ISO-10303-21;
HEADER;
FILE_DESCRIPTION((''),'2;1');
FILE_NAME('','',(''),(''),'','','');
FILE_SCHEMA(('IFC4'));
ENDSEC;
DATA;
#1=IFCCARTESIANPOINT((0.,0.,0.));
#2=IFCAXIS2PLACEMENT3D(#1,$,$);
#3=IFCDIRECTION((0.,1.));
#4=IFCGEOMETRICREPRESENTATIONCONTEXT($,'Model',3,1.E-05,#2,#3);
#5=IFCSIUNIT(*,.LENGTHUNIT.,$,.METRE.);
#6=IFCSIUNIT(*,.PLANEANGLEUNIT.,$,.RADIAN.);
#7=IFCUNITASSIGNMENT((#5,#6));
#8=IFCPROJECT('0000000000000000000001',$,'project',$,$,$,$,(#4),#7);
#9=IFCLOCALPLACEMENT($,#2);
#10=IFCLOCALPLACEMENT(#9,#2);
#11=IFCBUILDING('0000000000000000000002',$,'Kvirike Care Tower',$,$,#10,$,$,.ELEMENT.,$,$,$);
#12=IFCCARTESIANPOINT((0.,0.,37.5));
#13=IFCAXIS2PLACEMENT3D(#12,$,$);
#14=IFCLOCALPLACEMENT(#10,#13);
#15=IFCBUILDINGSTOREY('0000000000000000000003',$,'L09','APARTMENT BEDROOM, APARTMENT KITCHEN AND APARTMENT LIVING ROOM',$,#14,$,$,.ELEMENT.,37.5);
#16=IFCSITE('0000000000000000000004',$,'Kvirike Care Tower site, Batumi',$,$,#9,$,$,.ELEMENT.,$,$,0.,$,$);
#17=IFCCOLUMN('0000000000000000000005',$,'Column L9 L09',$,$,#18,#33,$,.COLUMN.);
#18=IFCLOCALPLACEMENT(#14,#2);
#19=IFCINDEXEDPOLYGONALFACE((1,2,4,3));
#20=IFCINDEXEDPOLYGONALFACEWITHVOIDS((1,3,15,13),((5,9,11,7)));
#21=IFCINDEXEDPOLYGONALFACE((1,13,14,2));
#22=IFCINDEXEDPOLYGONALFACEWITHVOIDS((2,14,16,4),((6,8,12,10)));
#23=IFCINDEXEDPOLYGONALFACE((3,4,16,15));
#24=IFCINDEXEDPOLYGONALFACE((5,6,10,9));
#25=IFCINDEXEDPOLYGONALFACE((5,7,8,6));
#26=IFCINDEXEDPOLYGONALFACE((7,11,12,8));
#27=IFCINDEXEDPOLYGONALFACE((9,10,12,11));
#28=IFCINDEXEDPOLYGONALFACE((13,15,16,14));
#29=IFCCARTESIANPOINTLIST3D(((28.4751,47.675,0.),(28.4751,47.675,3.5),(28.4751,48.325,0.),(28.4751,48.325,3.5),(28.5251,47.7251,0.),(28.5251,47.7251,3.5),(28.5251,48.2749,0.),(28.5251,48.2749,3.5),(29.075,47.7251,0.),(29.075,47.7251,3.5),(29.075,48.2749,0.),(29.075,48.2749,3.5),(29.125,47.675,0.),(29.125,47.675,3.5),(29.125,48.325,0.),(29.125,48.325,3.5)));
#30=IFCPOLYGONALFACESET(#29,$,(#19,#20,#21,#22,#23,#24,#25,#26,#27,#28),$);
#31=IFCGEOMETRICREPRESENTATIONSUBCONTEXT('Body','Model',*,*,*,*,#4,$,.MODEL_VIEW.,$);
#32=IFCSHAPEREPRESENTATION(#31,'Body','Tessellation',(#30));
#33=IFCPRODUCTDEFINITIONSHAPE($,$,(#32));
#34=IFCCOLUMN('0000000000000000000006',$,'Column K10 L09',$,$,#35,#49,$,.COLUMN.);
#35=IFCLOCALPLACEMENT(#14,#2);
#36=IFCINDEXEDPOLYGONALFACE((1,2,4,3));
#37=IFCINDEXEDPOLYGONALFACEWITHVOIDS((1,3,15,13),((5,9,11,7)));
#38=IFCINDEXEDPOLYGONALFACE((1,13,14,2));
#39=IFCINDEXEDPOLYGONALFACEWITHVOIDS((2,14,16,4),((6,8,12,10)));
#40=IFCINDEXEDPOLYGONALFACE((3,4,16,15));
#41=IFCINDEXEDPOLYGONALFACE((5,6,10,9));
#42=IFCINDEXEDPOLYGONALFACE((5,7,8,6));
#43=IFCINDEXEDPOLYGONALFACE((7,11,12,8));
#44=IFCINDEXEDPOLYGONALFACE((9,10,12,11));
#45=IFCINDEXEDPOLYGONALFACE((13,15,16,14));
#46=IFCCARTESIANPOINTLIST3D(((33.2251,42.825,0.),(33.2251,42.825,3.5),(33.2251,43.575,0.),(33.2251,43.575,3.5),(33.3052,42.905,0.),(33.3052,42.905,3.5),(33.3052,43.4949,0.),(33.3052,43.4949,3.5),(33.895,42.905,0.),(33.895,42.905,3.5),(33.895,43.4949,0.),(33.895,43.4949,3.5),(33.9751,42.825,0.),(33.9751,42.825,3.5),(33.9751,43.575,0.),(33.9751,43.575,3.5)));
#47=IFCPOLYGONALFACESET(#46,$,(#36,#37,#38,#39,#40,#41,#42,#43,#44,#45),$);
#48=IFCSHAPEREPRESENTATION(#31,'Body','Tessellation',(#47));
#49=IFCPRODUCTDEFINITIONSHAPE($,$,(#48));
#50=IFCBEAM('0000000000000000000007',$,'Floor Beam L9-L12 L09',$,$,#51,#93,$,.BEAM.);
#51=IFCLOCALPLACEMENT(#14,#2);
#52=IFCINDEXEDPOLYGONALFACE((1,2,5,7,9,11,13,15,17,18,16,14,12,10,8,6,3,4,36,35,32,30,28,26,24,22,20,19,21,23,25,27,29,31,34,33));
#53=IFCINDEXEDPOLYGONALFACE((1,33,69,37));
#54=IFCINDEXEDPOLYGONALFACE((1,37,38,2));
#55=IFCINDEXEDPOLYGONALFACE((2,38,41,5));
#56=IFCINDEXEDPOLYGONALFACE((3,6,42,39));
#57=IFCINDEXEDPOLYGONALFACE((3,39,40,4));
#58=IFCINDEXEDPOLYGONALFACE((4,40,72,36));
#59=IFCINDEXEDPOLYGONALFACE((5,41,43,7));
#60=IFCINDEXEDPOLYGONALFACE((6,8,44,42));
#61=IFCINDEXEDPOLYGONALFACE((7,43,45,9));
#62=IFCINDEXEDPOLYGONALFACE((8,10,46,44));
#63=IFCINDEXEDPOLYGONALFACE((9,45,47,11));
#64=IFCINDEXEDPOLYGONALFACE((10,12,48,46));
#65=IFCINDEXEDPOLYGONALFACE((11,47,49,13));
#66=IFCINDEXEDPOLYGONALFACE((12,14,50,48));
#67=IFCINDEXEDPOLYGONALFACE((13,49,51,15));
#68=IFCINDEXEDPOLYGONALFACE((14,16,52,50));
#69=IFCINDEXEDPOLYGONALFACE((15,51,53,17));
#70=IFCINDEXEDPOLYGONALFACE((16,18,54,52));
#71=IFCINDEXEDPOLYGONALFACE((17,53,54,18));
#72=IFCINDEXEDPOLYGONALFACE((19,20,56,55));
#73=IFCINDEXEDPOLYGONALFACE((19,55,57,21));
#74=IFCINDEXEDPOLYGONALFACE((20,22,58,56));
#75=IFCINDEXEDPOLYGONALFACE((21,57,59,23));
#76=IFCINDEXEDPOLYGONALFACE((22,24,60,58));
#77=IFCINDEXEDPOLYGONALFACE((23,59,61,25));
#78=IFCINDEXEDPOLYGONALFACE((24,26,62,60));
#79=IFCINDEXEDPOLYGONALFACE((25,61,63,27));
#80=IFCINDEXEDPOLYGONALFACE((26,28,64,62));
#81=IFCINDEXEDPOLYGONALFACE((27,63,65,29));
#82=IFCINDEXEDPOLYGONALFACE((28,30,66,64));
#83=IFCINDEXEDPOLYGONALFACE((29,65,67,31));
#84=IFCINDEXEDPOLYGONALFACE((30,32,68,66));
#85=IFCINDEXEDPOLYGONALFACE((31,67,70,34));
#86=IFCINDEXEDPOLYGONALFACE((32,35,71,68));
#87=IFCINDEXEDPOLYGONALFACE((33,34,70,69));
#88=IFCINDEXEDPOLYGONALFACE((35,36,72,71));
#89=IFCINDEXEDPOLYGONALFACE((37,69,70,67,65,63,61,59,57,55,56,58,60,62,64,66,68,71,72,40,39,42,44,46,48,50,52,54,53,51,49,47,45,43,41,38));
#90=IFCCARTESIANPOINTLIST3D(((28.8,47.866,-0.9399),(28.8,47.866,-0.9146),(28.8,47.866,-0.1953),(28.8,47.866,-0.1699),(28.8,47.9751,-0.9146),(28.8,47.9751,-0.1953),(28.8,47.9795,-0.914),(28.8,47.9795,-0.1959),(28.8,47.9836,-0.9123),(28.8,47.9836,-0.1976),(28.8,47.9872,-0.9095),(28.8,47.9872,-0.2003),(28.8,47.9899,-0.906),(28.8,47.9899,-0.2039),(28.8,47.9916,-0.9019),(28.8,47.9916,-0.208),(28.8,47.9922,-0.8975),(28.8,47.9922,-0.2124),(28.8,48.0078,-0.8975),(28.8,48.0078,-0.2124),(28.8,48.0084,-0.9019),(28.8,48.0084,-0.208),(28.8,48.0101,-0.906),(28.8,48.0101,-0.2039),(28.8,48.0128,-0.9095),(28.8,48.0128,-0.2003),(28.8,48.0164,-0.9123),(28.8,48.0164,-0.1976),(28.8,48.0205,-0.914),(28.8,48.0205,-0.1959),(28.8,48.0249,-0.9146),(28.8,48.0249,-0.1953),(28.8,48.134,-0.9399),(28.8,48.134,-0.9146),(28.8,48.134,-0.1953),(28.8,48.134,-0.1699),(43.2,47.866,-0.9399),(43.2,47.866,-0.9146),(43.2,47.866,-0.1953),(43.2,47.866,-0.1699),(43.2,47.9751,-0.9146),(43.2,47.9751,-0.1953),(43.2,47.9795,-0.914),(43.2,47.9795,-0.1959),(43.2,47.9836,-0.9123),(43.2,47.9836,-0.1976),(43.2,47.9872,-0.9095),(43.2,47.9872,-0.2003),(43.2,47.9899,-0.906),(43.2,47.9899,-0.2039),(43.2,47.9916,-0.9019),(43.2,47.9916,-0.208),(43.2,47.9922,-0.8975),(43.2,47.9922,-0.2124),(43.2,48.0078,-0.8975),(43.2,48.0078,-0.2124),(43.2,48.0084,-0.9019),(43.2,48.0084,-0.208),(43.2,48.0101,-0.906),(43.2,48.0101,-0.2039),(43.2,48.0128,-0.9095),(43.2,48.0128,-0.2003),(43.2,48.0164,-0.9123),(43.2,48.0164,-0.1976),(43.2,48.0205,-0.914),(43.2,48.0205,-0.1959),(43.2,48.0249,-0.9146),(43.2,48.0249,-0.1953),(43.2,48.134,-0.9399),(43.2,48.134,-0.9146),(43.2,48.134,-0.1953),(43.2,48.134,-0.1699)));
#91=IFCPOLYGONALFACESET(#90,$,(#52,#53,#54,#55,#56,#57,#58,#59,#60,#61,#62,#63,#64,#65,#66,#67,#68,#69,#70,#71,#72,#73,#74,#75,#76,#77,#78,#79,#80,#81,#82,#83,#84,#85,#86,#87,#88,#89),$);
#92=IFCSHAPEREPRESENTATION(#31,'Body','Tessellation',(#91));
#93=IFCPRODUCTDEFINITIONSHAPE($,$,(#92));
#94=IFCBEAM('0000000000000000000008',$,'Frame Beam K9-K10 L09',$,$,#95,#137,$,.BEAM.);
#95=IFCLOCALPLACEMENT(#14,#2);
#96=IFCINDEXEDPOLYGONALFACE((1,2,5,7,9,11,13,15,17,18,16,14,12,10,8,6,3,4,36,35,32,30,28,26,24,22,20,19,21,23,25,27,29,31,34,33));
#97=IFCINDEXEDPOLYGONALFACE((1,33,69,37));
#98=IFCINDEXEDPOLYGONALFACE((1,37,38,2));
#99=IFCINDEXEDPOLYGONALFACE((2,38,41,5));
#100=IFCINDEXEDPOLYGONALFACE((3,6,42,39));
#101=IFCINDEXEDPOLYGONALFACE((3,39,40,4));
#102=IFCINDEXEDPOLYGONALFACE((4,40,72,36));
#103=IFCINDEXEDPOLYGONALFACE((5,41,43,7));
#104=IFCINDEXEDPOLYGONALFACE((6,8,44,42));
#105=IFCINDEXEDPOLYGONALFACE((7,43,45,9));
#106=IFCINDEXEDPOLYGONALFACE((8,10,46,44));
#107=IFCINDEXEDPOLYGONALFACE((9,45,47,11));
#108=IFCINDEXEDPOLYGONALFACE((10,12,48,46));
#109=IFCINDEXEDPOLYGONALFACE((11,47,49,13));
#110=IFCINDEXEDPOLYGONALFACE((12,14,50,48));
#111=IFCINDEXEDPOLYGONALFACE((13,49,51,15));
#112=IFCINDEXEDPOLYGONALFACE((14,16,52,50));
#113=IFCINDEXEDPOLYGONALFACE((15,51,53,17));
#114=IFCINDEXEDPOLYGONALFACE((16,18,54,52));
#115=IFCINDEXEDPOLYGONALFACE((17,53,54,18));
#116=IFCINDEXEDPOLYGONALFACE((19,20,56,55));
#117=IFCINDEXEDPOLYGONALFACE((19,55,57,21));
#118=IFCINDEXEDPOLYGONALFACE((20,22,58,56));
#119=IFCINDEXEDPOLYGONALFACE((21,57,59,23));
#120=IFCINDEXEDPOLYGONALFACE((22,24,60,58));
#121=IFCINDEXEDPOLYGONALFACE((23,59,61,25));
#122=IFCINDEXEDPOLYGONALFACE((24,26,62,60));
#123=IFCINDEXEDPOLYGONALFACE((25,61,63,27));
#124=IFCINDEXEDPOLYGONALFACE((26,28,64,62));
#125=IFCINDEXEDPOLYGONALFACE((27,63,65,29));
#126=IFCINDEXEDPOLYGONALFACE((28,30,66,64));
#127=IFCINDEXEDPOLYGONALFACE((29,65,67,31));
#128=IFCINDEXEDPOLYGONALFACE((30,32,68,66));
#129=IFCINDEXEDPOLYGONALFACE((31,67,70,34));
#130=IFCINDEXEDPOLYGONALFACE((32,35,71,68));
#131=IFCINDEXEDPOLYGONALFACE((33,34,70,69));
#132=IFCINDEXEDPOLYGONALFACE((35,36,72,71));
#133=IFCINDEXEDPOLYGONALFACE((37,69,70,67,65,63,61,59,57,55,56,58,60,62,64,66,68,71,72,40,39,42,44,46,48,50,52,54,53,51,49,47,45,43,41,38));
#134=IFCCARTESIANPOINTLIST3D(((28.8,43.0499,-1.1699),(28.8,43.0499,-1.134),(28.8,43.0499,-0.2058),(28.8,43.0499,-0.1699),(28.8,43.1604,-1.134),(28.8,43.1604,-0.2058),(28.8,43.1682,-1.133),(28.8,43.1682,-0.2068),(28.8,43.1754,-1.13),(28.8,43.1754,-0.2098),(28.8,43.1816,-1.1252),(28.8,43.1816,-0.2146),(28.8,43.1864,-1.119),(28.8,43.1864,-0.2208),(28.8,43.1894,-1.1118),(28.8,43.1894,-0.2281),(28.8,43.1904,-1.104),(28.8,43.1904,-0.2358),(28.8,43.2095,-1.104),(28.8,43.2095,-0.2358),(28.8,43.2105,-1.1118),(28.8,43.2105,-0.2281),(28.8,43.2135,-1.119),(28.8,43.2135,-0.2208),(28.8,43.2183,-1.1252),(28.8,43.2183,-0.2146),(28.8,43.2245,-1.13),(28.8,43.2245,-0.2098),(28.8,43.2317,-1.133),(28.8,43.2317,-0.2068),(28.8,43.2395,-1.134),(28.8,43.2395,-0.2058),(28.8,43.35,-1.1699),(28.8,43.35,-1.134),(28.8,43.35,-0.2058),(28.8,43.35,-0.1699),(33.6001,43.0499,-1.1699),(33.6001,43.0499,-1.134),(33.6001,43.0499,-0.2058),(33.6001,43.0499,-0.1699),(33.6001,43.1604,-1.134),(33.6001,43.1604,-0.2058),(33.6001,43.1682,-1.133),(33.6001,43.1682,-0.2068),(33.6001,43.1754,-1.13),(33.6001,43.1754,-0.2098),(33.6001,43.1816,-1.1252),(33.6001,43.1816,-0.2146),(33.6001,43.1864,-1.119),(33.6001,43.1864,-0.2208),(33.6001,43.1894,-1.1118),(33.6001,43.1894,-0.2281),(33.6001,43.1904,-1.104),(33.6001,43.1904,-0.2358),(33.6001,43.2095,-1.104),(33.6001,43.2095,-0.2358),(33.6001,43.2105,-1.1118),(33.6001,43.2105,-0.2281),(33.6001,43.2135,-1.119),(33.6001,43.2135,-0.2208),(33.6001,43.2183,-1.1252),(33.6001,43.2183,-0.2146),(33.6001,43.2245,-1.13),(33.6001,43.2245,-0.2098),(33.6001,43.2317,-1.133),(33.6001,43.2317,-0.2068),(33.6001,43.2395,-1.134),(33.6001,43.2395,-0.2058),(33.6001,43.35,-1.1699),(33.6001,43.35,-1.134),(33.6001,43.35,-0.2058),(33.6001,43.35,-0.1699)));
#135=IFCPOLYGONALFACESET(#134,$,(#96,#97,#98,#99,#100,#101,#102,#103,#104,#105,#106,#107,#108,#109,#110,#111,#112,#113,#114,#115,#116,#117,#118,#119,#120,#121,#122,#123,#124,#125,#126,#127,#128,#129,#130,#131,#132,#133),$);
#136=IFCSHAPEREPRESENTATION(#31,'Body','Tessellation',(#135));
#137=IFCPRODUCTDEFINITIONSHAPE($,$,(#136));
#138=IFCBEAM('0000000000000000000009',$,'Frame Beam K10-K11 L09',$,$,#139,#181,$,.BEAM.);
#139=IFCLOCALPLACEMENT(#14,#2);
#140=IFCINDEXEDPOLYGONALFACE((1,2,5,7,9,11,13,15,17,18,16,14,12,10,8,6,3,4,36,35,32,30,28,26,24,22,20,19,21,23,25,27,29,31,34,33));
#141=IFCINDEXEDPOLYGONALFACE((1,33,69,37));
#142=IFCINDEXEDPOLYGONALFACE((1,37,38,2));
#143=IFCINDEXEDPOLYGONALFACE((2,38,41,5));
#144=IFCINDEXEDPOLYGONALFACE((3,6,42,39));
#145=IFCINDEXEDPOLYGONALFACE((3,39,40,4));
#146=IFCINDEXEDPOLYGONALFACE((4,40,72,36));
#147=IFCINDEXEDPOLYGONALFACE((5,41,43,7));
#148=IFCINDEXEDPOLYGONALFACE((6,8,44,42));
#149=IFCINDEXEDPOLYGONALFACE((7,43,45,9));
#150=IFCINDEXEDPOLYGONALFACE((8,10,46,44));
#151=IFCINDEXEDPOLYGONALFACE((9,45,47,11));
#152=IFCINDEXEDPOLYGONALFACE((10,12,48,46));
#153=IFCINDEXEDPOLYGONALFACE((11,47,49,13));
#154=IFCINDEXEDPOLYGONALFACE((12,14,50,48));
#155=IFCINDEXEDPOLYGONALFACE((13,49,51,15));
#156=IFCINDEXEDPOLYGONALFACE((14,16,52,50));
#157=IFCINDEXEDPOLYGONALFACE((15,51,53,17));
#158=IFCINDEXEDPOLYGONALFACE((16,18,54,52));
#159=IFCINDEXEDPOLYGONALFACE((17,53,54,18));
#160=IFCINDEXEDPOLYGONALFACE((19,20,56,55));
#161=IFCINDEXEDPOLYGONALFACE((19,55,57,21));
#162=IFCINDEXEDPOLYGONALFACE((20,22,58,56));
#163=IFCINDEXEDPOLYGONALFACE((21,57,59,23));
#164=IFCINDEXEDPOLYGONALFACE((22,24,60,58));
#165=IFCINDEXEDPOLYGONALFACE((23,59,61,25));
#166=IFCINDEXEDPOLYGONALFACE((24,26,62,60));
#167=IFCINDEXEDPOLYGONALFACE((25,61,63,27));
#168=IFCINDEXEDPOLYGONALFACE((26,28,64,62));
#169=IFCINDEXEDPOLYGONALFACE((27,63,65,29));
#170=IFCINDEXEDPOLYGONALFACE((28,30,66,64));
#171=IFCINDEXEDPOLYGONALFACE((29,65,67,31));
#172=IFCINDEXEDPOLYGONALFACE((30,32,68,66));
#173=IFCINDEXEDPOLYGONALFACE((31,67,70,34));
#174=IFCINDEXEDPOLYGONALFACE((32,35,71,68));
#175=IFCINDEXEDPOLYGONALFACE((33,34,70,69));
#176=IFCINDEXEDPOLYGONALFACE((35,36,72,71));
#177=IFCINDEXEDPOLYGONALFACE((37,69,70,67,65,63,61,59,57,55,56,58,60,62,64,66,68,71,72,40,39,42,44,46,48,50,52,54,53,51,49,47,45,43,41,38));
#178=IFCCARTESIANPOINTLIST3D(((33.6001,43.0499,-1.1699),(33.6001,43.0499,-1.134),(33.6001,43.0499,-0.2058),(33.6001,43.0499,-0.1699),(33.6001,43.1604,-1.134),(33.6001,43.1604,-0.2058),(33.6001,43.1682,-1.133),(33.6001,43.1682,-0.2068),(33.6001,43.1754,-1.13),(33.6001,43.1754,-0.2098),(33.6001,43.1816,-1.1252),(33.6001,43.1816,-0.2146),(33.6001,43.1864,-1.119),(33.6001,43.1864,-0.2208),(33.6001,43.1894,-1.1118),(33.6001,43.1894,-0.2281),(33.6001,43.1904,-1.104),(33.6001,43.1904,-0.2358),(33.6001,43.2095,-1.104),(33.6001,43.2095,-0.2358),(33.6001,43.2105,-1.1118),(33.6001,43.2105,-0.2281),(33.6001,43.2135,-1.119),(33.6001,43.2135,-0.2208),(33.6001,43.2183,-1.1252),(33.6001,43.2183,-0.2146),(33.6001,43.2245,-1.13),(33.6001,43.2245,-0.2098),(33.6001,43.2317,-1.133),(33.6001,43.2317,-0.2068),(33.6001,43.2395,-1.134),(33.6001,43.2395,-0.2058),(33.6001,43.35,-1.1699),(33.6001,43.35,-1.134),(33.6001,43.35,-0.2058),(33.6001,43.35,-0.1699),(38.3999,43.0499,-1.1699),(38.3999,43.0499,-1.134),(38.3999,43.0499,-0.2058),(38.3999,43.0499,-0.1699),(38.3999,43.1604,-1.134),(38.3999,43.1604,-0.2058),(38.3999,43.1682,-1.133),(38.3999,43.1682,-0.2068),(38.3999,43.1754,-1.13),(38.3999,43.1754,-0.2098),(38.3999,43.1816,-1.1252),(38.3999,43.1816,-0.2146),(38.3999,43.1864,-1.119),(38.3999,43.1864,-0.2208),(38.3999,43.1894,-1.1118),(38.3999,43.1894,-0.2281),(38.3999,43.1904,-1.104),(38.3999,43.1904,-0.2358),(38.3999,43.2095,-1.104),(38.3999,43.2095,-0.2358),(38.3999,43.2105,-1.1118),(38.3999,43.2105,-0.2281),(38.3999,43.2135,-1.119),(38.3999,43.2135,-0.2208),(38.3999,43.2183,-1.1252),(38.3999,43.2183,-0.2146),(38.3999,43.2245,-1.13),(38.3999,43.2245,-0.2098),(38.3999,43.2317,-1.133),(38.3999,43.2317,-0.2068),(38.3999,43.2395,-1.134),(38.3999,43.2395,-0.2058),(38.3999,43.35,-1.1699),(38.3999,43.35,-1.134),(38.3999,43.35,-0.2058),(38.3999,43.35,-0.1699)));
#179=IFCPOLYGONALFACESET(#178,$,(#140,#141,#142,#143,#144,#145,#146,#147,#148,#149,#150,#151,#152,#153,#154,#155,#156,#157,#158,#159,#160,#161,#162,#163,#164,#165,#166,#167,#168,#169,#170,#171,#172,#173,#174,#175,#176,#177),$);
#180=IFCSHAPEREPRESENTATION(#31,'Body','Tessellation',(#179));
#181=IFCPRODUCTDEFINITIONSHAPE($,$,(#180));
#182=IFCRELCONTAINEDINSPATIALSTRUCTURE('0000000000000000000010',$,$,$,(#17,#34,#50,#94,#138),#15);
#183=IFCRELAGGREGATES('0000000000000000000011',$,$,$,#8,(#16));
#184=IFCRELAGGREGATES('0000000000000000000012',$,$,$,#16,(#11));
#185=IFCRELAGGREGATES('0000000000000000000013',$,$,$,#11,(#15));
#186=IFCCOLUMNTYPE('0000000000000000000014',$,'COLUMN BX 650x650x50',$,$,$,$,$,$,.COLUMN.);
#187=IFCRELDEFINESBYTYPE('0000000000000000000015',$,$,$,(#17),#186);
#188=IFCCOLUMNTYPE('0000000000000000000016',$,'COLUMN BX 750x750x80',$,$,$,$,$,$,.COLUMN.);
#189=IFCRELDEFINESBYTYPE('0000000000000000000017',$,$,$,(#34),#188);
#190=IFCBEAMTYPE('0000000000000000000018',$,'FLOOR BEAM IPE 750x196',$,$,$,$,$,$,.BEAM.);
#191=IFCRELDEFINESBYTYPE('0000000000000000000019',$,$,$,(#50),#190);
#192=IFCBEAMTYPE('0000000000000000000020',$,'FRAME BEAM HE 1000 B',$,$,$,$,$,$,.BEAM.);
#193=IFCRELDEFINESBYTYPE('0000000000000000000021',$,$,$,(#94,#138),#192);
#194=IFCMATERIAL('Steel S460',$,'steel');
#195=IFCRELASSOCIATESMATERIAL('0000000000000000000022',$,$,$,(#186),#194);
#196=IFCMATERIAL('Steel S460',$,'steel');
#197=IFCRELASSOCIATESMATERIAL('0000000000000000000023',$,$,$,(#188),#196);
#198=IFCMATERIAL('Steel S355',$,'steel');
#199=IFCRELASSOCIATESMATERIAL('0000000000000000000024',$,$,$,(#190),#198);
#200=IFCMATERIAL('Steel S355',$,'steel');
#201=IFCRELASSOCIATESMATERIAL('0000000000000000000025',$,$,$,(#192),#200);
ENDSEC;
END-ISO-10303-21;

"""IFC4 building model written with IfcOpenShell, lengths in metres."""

from ifc_helpers import new_model, si_unit, direction, frame, origin, origin_2d, place, context, subcontext, project, spatial, hollow_rectangle, i_section, extrude, material, material_profile, profile_set, type_object, element, save


model = new_model("IFC4")

# Units and contexts
model_context = context("Model", 3, precision=1e-05, world=origin(), true_north=direction((0.0, 1.0)))
body_context = subcontext(model_context, "Body", "Model", "MODEL_VIEW")
ifc_project = project(units=[si_unit("LENGTHUNIT", "METRE"), si_unit("PLANEANGLEUNIT", "RADIAN")], contexts=[model_context])

# Site, building, storey
site_placement = place(None, origin())
site = spatial("IfcSite", under=ifc_project, at=site_placement, Name="Kvirike Care Tower site, Batumi", CompositionType="ELEMENT", RefElevation=0.0)
building_placement = place(site_placement, origin())
building = spatial("IfcBuilding", under=site, at=building_placement, Name="Kvirike Care Tower", CompositionType="ELEMENT")
storey_placement = place(building_placement, frame((0.0, 0.0, 37.5)))
storey = spatial("IfcBuildingStorey", under=building, at=storey_placement, Name="L09", Description="APARTMENT BEDROOM, APARTMENT KITCHEN AND APARTMENT LIVING ROOM", CompositionType="ELEMENT", Elevation=37.5)

# Columns
ifc_material_1 = material(Name="Steel S460", Category="steel")
ifc_material_profile_1 = material_profile(ifc_material_1, hollow_rectangle(XDim=0.6499, YDim=0.6499, WallThickness=0.05, at=origin_2d()), Name="BX 650x650x50")
ifc_profile_set_1 = profile_set([ifc_material_profile_1], Name="Steel S460")
column_type_1 = type_object("IfcColumnType", Name="COLUMN BX 650x650x50", PredefinedType="COLUMN", material=ifc_profile_set_1)
column_1_placement = place(storey_placement, frame((28.8, 48.0, 0.0), z_axis=(0.0, 0.0, 1.0), x_axis=(1.0, 0.0, 0.0)))
element("IfcColumn", 1, at=column_1_placement, inside=storey, type_object=column_type_1, Name="Column L9 L09", PredefinedType="COLUMN", context=body_context, shape_type="SweptSolid", body=[
    extrude(hollow_rectangle(XDim=0.6499, YDim=0.6499, WallThickness=0.05, at=origin_2d()), origin(), (0.0, 0.0, 1.0), 3.5),
])
ifc_material_2 = material(Name="Steel S460", Category="steel")
ifc_material_profile_2 = material_profile(ifc_material_2, hollow_rectangle(XDim=0.75, YDim=0.75, WallThickness=0.0801, at=origin_2d()), Name="BX 750x750x80")
ifc_profile_set_2 = profile_set([ifc_material_profile_2], Name="Steel S460")
column_type_2 = type_object("IfcColumnType", Name="COLUMN BX 750x750x80", PredefinedType="COLUMN", material=ifc_profile_set_2)
column_2_placement = place(storey_placement, frame((33.6001, 43.2, 0.0), z_axis=(0.0, 0.0, 1.0), x_axis=(0.0, 1.0, 0.0)))
element("IfcColumn", 2, at=column_2_placement, inside=storey, type_object=column_type_2, Name="Column K10 L09", PredefinedType="COLUMN", context=body_context, shape_type="SweptSolid", body=[
    extrude(hollow_rectangle(XDim=0.75, YDim=0.75, WallThickness=0.0801, at=origin_2d()), origin(), (0.0, 0.0, 1.0), 3.5),
])

# Beams
ifc_material_3 = material(Name="Steel S355", Category="steel")
ifc_material_profile_3 = material_profile(ifc_material_3, i_section(OverallWidth=0.2681, OverallDepth=0.77, WebThickness=0.0156, FlangeThickness=0.0254, FilletRadius=0.0171, at=origin_2d()), Name="IPE 750x196")
ifc_profile_set_3 = profile_set([ifc_material_profile_3], Name="Steel S355")
beam_type_1 = type_object("IfcBeamType", Name="FLOOR BEAM IPE 750x196", PredefinedType="BEAM", material=ifc_profile_set_3)
beam_1_placement = place(storey_placement, frame((28.8, 48.0, -0.5549), z_axis=(1.0, 0.0, 0.0), x_axis=(0.0, 1.0, 0.0)))
element("IfcBeam", 3, at=beam_1_placement, inside=storey, type_object=beam_type_1, Name="Floor Beam L9-L12 L09", PredefinedType="BEAM", context=body_context, shape_type="SweptSolid", body=[
    extrude(i_section(OverallWidth=0.2681, OverallDepth=0.77, WebThickness=0.0156, FlangeThickness=0.0254, FilletRadius=0.0171, at=origin_2d()), origin(), (0.0, 0.0, 1.0), 14.3999),
])
ifc_material_4 = material(Name="Steel S355", Category="steel")
ifc_material_profile_4 = material_profile(ifc_material_4, i_section(OverallWidth=0.3, OverallDepth=1.0, WebThickness=0.019, FlangeThickness=0.0359, FilletRadius=0.03, at=origin_2d()), Name="HE 1000 B")
ifc_profile_set_4 = profile_set([ifc_material_profile_4], Name="Steel S355")
beam_type_2 = type_object("IfcBeamType", Name="FRAME BEAM HE 1000 B", PredefinedType="BEAM", material=ifc_profile_set_4)
beam_2_placement = place(storey_placement, frame((28.8, 43.2, -0.6699), z_axis=(1.0, 0.0, 0.0), x_axis=(0.0, 1.0, 0.0)))
element("IfcBeam", 4, at=beam_2_placement, inside=storey, type_object=beam_type_2, Name="Frame Beam K9-K10 L09", PredefinedType="BEAM", context=body_context, shape_type="SweptSolid", body=[
    extrude(i_section(OverallWidth=0.3, OverallDepth=1.0, WebThickness=0.019, FlangeThickness=0.0359, FilletRadius=0.03, at=origin_2d()), origin(), (0.0, 0.0, 1.0), 4.8),
])
beam_3_placement = place(storey_placement, frame((33.6001, 43.2, -0.6699), z_axis=(1.0, 0.0, 0.0), x_axis=(0.0, 1.0, 0.0)))
element("IfcBeam", 5, at=beam_3_placement, inside=storey, type_object=beam_type_2, Name="Frame Beam K10-K11 L09", PredefinedType="BEAM", context=body_context, shape_type="SweptSolid", body=[
    extrude(i_section(OverallWidth=0.3, OverallDepth=1.0, WebThickness=0.019, FlangeThickness=0.0359, FilletRadius=0.03, at=origin_2d()), origin(), (0.0, 0.0, 1.0), 4.7998),
])

save(model, "model.ifc")
